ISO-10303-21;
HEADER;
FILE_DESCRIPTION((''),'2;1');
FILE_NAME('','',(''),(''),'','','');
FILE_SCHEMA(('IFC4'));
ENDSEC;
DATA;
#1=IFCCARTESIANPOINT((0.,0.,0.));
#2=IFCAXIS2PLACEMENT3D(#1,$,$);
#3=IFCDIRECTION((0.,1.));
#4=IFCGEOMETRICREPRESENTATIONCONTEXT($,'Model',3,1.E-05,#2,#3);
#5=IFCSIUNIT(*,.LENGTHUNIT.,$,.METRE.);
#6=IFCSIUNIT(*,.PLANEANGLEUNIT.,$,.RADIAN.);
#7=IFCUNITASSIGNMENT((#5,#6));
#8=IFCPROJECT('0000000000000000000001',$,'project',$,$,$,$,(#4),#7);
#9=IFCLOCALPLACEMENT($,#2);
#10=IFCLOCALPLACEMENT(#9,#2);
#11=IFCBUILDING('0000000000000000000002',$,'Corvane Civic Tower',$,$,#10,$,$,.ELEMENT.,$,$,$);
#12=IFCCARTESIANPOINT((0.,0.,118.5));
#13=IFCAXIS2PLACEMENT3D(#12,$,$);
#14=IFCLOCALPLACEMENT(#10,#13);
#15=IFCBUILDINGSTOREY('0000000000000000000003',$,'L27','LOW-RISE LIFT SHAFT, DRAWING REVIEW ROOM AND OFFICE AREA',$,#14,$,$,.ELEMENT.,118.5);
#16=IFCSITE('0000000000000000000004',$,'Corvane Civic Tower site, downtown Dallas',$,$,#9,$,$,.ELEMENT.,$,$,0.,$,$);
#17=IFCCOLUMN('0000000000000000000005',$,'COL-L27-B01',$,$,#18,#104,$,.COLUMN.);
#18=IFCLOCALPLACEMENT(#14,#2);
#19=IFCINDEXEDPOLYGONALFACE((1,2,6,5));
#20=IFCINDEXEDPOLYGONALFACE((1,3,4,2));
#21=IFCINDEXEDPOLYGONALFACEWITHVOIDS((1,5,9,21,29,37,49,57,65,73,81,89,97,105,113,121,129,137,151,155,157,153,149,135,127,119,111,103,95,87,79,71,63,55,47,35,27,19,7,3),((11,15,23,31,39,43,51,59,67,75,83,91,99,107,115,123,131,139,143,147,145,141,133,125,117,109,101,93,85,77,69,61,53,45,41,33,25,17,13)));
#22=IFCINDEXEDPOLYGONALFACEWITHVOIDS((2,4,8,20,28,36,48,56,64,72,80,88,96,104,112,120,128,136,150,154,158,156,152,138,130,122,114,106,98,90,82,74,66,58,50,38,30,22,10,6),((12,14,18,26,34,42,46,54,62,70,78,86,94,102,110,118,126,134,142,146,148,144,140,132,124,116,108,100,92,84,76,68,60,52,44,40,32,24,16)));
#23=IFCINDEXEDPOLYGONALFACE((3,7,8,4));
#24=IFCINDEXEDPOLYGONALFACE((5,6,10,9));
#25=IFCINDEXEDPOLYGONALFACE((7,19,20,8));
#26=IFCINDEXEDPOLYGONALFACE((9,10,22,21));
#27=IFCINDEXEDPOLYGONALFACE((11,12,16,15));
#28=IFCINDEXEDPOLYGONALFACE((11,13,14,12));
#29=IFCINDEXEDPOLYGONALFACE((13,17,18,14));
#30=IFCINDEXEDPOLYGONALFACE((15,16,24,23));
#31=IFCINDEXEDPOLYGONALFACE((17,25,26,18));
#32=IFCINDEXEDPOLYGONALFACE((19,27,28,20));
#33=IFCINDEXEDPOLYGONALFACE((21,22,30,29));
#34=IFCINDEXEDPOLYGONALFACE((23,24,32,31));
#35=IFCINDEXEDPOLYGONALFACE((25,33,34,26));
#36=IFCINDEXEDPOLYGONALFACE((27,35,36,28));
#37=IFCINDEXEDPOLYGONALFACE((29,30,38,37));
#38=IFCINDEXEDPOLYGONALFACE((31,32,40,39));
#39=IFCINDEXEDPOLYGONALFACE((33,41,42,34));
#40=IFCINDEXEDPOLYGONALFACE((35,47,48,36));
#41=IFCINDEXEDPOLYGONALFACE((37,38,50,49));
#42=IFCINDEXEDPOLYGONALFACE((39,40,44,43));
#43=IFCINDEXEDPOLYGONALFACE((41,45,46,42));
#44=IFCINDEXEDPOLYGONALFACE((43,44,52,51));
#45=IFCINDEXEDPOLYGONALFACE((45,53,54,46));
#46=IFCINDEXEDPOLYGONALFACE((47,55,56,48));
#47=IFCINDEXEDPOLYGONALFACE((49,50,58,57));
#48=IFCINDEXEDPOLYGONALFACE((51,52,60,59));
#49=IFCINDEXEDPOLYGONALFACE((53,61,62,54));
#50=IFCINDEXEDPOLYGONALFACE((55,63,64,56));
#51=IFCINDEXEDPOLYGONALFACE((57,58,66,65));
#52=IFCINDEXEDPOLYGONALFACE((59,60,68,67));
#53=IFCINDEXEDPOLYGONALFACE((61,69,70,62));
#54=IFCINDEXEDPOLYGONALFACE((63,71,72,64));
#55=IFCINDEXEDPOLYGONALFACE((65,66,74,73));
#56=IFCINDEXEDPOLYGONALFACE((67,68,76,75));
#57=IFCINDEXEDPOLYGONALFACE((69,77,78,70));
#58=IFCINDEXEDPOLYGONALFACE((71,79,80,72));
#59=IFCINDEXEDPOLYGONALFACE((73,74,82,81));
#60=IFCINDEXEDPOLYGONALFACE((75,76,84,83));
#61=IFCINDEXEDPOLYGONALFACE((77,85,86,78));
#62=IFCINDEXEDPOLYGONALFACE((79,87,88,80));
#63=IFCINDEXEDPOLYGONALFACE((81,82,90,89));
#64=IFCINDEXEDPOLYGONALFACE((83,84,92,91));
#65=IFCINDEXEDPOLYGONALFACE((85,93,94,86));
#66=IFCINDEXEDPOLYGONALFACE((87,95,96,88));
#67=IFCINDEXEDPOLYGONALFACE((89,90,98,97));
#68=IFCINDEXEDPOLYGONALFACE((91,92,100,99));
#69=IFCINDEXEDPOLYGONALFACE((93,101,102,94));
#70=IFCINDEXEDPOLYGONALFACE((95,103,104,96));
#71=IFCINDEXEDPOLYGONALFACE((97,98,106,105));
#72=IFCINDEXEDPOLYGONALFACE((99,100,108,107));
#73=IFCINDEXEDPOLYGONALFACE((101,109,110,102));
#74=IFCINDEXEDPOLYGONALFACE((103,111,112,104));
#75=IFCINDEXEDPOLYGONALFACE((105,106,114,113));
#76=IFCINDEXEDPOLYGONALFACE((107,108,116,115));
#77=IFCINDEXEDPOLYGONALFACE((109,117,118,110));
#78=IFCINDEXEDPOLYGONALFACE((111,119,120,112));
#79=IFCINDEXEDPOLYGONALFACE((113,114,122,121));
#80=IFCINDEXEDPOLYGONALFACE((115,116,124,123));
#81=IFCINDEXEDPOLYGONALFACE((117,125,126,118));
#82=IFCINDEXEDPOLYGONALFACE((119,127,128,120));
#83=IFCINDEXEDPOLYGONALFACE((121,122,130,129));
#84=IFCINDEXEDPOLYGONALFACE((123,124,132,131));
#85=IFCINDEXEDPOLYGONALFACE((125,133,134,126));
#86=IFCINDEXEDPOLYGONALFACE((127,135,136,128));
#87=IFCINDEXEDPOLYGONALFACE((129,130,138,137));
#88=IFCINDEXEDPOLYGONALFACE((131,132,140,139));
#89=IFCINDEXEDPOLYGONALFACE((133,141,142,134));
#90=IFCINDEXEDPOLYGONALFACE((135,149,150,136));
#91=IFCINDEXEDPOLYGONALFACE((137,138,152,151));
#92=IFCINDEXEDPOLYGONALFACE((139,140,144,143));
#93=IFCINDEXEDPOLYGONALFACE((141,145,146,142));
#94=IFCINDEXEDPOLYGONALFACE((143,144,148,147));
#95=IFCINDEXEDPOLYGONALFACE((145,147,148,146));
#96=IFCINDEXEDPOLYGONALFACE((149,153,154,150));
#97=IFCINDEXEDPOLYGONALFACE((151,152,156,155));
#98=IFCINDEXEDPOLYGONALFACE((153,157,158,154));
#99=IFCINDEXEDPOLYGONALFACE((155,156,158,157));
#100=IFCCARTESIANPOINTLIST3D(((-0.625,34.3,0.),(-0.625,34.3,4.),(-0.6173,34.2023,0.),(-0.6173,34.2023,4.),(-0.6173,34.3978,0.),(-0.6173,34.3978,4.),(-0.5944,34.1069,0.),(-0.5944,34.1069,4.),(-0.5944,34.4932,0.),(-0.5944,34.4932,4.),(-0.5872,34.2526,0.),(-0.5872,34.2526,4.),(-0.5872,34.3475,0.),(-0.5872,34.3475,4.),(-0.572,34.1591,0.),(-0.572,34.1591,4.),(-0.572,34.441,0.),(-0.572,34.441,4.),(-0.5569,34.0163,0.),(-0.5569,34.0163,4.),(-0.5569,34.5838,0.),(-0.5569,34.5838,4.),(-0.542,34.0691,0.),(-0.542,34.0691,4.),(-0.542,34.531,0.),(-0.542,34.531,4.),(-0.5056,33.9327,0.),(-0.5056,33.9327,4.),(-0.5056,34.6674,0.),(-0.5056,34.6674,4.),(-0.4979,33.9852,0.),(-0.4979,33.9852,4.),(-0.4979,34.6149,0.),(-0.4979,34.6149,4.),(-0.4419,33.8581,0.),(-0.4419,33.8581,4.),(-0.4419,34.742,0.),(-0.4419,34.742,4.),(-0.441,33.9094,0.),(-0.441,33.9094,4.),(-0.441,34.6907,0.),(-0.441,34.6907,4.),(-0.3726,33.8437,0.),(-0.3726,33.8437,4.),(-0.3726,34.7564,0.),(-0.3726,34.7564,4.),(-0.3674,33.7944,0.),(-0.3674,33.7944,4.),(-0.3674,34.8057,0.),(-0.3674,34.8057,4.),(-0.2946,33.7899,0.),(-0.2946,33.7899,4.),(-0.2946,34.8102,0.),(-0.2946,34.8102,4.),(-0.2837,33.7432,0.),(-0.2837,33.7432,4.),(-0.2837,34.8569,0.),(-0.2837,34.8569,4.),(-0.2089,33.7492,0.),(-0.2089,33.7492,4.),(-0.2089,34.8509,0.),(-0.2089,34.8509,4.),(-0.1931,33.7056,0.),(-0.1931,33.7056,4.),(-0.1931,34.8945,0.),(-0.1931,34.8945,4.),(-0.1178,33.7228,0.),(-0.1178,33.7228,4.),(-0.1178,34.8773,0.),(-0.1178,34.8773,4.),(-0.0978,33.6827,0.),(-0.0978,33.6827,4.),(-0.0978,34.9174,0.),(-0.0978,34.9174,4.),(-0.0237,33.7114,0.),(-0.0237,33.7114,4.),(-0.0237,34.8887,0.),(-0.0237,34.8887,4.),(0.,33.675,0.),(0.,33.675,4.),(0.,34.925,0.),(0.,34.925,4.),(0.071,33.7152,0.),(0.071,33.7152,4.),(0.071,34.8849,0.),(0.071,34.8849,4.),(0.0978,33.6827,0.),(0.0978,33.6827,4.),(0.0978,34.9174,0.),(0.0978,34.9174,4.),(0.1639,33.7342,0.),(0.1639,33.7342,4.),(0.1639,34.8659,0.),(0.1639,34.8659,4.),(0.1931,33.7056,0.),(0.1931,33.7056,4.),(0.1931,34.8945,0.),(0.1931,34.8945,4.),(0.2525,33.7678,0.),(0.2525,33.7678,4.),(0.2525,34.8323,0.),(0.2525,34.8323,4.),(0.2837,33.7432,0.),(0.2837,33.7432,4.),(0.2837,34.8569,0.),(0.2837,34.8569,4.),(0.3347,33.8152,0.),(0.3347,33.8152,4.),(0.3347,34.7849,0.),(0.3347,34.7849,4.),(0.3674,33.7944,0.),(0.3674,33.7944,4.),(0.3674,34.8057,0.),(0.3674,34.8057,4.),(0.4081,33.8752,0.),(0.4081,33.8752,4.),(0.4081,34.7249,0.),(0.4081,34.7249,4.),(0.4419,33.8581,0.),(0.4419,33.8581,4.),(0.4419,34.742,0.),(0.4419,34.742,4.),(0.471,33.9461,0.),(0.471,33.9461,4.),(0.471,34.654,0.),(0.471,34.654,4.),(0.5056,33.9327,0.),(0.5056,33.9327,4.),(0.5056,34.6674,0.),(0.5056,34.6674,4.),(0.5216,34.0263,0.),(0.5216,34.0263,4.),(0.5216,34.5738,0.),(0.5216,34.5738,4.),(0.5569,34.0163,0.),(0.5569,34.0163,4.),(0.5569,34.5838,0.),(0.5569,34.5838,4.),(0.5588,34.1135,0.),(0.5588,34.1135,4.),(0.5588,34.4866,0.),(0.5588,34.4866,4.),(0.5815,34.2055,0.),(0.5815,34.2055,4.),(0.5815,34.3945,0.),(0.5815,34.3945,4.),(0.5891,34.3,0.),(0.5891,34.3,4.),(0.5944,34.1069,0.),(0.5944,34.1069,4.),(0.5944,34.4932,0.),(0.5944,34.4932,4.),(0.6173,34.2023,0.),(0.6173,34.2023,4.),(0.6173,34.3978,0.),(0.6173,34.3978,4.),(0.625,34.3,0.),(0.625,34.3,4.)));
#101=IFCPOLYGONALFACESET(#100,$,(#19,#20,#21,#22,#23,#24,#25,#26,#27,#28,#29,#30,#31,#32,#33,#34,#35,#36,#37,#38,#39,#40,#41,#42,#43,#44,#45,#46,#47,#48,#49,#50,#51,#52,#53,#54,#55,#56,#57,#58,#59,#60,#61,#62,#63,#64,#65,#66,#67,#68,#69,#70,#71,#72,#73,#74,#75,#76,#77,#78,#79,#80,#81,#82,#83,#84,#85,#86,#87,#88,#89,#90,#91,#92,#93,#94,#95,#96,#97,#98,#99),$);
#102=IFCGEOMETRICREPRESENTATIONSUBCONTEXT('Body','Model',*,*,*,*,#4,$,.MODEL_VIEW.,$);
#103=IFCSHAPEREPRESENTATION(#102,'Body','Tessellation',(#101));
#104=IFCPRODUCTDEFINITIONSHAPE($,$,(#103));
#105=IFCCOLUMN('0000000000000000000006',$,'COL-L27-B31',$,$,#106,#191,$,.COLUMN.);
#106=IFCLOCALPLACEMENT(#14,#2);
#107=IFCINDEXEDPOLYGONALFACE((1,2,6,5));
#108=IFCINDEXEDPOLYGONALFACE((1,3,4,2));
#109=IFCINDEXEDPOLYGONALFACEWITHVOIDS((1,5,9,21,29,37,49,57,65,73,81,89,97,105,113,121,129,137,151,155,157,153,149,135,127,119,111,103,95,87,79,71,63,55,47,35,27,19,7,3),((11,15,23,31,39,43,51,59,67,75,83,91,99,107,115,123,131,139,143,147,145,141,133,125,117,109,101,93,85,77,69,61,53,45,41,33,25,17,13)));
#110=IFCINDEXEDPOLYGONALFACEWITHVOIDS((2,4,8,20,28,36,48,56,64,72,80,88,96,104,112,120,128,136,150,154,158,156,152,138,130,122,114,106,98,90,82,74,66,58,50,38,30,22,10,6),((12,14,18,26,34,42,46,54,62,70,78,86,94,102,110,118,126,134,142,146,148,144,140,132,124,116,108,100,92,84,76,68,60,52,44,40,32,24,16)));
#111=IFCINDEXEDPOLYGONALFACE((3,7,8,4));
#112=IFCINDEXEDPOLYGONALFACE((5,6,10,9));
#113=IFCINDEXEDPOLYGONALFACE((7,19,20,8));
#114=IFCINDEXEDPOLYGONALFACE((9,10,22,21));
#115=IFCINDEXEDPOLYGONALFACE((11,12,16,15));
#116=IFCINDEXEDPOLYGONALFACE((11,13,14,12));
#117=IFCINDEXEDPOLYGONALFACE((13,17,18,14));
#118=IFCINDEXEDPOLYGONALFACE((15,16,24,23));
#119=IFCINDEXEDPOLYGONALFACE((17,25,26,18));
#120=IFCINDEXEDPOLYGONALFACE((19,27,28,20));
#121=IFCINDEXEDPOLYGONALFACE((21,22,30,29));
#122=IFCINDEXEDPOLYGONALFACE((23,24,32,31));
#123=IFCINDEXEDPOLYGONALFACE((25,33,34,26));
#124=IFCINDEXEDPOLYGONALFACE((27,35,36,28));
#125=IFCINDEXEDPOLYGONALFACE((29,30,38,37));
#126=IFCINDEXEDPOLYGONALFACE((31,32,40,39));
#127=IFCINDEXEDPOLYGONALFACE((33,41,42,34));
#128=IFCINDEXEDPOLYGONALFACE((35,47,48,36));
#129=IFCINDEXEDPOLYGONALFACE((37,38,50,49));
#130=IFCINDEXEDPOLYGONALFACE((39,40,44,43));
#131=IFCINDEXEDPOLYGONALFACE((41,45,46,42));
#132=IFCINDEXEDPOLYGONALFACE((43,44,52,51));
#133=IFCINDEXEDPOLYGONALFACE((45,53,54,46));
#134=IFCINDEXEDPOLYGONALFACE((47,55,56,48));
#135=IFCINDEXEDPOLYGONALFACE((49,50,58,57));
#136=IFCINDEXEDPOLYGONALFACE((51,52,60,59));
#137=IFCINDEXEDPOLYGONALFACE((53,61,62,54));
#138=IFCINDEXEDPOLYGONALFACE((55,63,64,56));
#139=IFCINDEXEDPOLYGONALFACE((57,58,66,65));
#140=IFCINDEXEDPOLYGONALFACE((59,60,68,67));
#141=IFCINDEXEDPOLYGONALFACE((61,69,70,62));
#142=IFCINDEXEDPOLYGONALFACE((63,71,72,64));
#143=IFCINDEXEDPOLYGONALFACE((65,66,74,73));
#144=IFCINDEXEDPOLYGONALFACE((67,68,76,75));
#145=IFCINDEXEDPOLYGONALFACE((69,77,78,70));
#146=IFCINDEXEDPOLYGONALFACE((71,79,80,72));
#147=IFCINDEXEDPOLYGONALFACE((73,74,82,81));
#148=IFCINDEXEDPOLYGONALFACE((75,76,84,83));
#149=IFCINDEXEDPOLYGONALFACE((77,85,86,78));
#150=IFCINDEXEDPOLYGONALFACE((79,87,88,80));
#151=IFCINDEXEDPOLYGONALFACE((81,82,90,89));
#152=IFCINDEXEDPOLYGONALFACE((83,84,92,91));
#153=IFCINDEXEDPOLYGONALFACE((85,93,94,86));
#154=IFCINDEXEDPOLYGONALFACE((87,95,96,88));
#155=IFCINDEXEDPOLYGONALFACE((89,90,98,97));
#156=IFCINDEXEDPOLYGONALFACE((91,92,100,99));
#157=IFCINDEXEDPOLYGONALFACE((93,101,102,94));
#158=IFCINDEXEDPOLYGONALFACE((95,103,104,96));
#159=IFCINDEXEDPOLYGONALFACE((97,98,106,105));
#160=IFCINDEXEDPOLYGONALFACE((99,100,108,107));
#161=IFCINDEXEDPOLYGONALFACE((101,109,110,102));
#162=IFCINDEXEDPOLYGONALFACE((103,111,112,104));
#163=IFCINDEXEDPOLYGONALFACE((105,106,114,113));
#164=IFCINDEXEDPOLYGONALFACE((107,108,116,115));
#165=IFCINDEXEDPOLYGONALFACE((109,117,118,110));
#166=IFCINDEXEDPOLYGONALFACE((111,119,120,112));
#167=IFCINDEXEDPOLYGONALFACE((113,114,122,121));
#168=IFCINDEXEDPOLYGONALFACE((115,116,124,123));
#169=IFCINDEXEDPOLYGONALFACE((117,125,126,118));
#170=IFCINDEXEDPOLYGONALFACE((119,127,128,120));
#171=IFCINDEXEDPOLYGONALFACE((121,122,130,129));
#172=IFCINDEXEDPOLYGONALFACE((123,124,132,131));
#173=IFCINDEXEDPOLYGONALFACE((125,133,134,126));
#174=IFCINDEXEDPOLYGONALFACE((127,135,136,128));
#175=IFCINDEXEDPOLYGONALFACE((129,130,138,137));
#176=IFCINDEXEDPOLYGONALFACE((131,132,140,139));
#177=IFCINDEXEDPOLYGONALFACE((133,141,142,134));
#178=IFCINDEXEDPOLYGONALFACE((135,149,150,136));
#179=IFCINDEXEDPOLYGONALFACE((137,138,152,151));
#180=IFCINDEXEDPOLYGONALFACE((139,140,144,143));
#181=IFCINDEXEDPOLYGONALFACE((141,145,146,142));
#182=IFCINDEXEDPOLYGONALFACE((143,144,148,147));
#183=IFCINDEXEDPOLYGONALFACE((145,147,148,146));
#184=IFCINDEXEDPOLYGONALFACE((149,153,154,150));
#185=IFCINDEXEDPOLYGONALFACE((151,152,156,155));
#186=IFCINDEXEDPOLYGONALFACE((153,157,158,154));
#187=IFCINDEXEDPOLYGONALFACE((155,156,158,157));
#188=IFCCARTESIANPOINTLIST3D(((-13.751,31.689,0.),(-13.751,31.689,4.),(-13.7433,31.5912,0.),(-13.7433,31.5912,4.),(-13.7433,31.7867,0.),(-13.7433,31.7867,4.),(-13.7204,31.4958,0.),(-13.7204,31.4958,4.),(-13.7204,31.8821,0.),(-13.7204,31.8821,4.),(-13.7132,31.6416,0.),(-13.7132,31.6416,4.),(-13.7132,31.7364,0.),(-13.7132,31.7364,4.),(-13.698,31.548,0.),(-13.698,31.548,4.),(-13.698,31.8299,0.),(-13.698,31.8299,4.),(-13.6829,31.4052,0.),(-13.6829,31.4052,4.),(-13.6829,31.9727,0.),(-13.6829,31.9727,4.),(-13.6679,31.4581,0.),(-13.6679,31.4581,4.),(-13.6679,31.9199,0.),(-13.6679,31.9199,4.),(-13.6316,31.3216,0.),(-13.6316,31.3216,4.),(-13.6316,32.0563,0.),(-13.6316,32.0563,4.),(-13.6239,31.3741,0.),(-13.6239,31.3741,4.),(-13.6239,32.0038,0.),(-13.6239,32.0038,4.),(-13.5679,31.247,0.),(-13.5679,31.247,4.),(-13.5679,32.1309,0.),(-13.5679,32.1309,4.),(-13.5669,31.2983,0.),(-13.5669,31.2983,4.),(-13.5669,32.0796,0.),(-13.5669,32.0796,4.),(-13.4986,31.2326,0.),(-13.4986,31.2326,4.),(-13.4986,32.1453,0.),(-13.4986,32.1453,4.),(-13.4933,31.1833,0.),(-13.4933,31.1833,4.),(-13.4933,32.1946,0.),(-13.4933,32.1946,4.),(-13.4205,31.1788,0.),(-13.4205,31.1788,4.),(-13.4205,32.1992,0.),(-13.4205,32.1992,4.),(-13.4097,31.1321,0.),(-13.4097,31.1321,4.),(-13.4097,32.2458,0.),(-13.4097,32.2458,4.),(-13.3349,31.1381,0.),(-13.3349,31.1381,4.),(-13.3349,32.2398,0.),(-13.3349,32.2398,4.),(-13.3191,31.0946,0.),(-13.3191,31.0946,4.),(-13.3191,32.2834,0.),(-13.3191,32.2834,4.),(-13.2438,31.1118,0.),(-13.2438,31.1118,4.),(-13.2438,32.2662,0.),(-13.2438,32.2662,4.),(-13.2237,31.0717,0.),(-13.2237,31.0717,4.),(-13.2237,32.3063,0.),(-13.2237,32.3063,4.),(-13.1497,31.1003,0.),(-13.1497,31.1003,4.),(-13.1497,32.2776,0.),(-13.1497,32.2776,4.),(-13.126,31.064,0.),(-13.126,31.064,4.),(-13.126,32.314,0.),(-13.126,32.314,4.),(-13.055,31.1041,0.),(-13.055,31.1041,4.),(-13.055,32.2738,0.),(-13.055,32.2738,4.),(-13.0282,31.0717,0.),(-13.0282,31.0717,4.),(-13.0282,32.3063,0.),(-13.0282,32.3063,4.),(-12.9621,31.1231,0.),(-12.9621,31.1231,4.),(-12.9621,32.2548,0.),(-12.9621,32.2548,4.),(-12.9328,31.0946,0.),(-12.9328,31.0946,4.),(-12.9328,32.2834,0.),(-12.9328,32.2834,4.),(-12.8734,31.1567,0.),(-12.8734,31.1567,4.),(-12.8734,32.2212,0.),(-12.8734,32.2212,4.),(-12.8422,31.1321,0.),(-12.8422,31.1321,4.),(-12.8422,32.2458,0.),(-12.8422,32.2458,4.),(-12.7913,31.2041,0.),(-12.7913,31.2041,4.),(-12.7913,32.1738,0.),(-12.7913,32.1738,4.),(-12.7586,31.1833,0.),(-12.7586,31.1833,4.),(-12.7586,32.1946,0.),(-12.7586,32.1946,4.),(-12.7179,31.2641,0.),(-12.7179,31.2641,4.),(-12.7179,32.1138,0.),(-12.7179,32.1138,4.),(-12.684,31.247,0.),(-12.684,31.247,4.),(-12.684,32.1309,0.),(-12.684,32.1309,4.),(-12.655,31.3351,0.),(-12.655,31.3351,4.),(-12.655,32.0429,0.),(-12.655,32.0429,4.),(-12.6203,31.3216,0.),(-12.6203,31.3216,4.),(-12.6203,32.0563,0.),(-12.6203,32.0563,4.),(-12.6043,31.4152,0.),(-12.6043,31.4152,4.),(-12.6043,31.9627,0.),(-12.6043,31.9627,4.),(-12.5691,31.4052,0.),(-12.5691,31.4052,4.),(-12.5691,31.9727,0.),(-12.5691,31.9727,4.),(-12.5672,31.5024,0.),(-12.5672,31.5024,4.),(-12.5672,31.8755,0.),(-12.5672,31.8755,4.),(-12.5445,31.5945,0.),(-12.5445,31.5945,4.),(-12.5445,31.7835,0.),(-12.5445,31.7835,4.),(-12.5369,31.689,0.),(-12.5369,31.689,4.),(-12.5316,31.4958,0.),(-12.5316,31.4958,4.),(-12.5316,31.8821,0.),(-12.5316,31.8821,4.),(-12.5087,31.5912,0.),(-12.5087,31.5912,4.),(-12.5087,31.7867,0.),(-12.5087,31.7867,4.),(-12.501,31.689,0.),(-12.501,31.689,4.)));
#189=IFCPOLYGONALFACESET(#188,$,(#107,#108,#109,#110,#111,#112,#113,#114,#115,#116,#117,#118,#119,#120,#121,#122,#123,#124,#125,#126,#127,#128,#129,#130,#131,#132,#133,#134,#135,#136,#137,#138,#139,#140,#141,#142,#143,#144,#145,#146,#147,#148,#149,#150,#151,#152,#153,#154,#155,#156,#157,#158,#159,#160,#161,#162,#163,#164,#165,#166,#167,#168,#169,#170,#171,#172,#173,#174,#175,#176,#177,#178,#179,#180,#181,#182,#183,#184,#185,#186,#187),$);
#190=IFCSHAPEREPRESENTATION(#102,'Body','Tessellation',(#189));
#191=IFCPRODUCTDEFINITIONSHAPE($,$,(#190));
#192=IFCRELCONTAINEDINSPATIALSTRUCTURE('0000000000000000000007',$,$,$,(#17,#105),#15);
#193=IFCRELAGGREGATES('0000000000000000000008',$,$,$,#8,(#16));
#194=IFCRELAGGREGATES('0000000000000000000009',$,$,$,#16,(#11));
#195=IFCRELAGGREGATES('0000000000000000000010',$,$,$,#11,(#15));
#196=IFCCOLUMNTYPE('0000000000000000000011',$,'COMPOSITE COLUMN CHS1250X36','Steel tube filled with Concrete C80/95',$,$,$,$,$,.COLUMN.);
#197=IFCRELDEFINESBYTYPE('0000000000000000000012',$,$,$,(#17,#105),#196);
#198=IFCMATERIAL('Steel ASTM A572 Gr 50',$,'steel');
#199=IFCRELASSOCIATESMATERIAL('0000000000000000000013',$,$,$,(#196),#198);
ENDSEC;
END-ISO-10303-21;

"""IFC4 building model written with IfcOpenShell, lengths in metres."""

from ifc_helpers import new_model, si_unit, direction, frame, origin, origin_2d, place, context, subcontext, project, spatial, hollow_circle, extrude, material, material_profile, profile_set, type_object, element, save


model = new_model("IFC4")

# Units and contexts
model_context = context("Model", 3, precision=1e-05, world=origin(), true_north=direction((0.0, 1.0)))
body_context = subcontext(model_context, "Body", "Model", "MODEL_VIEW")
ifc_project = project(units=[si_unit("LENGTHUNIT", "METRE"), si_unit("PLANEANGLEUNIT", "RADIAN")], contexts=[model_context])

# Site, building, storey
site_placement = place(None, origin())
site = spatial("IfcSite", under=ifc_project, at=site_placement, Name="Corvane Civic Tower site, downtown Dallas", CompositionType="ELEMENT", RefElevation=0.0)
building_placement = place(site_placement, origin())
building = spatial("IfcBuilding", under=site, at=building_placement, Name="Corvane Civic Tower", CompositionType="ELEMENT")
storey_placement = place(building_placement, frame((0.0, 0.0, 118.5)))
storey = spatial("IfcBuildingStorey", under=building, at=storey_placement, Name="L27", Description="LOW-RISE LIFT SHAFT, DRAWING REVIEW ROOM AND OFFICE AREA", CompositionType="ELEMENT", Elevation=118.5)

# Columns
ifc_material_1 = material(Name="Steel ASTM A572 Gr 50", Category="steel")
ifc_material_profile_1 = material_profile(ifc_material_1, hollow_circle(Radius=0.625, WallThickness=0.0359, at=origin_2d()), Name="CHS1250X36")
ifc_profile_set_1 = profile_set([ifc_material_profile_1], Name="Steel ASTM A572 Gr 50")
column_type = type_object("IfcColumnType", Name="COMPOSITE COLUMN CHS1250X36", Description="Steel tube filled with Concrete C80/95", PredefinedType="COLUMN", material=ifc_profile_set_1)
for number, where, z_axis, x_axis, name in (
    (1, (0.0, 34.3, 0.0), (0.0, 0.0, 1.0), (1.0, 0.0, 0.0), "COL-L27-B01"),
    (2, (-13.126, 31.689, 0.0), (0.0, 0.0, 1.0), (1.0, 0.0, 0.0), "COL-L27-B31"),
):
    element("IfcColumn", number, at=place(storey_placement, frame(where, z_axis=z_axis, x_axis=x_axis)), inside=storey, type_object=column_type, Name=name, PredefinedType="COLUMN", context=body_context, shape_type="SweptSolid", body=[
        extrude(hollow_circle(Radius=0.625, WallThickness=0.0359, at=origin_2d()), origin(), (0.0, 0.0, 1.0), 4.0),
    ])

save(model, "model.ifc")
